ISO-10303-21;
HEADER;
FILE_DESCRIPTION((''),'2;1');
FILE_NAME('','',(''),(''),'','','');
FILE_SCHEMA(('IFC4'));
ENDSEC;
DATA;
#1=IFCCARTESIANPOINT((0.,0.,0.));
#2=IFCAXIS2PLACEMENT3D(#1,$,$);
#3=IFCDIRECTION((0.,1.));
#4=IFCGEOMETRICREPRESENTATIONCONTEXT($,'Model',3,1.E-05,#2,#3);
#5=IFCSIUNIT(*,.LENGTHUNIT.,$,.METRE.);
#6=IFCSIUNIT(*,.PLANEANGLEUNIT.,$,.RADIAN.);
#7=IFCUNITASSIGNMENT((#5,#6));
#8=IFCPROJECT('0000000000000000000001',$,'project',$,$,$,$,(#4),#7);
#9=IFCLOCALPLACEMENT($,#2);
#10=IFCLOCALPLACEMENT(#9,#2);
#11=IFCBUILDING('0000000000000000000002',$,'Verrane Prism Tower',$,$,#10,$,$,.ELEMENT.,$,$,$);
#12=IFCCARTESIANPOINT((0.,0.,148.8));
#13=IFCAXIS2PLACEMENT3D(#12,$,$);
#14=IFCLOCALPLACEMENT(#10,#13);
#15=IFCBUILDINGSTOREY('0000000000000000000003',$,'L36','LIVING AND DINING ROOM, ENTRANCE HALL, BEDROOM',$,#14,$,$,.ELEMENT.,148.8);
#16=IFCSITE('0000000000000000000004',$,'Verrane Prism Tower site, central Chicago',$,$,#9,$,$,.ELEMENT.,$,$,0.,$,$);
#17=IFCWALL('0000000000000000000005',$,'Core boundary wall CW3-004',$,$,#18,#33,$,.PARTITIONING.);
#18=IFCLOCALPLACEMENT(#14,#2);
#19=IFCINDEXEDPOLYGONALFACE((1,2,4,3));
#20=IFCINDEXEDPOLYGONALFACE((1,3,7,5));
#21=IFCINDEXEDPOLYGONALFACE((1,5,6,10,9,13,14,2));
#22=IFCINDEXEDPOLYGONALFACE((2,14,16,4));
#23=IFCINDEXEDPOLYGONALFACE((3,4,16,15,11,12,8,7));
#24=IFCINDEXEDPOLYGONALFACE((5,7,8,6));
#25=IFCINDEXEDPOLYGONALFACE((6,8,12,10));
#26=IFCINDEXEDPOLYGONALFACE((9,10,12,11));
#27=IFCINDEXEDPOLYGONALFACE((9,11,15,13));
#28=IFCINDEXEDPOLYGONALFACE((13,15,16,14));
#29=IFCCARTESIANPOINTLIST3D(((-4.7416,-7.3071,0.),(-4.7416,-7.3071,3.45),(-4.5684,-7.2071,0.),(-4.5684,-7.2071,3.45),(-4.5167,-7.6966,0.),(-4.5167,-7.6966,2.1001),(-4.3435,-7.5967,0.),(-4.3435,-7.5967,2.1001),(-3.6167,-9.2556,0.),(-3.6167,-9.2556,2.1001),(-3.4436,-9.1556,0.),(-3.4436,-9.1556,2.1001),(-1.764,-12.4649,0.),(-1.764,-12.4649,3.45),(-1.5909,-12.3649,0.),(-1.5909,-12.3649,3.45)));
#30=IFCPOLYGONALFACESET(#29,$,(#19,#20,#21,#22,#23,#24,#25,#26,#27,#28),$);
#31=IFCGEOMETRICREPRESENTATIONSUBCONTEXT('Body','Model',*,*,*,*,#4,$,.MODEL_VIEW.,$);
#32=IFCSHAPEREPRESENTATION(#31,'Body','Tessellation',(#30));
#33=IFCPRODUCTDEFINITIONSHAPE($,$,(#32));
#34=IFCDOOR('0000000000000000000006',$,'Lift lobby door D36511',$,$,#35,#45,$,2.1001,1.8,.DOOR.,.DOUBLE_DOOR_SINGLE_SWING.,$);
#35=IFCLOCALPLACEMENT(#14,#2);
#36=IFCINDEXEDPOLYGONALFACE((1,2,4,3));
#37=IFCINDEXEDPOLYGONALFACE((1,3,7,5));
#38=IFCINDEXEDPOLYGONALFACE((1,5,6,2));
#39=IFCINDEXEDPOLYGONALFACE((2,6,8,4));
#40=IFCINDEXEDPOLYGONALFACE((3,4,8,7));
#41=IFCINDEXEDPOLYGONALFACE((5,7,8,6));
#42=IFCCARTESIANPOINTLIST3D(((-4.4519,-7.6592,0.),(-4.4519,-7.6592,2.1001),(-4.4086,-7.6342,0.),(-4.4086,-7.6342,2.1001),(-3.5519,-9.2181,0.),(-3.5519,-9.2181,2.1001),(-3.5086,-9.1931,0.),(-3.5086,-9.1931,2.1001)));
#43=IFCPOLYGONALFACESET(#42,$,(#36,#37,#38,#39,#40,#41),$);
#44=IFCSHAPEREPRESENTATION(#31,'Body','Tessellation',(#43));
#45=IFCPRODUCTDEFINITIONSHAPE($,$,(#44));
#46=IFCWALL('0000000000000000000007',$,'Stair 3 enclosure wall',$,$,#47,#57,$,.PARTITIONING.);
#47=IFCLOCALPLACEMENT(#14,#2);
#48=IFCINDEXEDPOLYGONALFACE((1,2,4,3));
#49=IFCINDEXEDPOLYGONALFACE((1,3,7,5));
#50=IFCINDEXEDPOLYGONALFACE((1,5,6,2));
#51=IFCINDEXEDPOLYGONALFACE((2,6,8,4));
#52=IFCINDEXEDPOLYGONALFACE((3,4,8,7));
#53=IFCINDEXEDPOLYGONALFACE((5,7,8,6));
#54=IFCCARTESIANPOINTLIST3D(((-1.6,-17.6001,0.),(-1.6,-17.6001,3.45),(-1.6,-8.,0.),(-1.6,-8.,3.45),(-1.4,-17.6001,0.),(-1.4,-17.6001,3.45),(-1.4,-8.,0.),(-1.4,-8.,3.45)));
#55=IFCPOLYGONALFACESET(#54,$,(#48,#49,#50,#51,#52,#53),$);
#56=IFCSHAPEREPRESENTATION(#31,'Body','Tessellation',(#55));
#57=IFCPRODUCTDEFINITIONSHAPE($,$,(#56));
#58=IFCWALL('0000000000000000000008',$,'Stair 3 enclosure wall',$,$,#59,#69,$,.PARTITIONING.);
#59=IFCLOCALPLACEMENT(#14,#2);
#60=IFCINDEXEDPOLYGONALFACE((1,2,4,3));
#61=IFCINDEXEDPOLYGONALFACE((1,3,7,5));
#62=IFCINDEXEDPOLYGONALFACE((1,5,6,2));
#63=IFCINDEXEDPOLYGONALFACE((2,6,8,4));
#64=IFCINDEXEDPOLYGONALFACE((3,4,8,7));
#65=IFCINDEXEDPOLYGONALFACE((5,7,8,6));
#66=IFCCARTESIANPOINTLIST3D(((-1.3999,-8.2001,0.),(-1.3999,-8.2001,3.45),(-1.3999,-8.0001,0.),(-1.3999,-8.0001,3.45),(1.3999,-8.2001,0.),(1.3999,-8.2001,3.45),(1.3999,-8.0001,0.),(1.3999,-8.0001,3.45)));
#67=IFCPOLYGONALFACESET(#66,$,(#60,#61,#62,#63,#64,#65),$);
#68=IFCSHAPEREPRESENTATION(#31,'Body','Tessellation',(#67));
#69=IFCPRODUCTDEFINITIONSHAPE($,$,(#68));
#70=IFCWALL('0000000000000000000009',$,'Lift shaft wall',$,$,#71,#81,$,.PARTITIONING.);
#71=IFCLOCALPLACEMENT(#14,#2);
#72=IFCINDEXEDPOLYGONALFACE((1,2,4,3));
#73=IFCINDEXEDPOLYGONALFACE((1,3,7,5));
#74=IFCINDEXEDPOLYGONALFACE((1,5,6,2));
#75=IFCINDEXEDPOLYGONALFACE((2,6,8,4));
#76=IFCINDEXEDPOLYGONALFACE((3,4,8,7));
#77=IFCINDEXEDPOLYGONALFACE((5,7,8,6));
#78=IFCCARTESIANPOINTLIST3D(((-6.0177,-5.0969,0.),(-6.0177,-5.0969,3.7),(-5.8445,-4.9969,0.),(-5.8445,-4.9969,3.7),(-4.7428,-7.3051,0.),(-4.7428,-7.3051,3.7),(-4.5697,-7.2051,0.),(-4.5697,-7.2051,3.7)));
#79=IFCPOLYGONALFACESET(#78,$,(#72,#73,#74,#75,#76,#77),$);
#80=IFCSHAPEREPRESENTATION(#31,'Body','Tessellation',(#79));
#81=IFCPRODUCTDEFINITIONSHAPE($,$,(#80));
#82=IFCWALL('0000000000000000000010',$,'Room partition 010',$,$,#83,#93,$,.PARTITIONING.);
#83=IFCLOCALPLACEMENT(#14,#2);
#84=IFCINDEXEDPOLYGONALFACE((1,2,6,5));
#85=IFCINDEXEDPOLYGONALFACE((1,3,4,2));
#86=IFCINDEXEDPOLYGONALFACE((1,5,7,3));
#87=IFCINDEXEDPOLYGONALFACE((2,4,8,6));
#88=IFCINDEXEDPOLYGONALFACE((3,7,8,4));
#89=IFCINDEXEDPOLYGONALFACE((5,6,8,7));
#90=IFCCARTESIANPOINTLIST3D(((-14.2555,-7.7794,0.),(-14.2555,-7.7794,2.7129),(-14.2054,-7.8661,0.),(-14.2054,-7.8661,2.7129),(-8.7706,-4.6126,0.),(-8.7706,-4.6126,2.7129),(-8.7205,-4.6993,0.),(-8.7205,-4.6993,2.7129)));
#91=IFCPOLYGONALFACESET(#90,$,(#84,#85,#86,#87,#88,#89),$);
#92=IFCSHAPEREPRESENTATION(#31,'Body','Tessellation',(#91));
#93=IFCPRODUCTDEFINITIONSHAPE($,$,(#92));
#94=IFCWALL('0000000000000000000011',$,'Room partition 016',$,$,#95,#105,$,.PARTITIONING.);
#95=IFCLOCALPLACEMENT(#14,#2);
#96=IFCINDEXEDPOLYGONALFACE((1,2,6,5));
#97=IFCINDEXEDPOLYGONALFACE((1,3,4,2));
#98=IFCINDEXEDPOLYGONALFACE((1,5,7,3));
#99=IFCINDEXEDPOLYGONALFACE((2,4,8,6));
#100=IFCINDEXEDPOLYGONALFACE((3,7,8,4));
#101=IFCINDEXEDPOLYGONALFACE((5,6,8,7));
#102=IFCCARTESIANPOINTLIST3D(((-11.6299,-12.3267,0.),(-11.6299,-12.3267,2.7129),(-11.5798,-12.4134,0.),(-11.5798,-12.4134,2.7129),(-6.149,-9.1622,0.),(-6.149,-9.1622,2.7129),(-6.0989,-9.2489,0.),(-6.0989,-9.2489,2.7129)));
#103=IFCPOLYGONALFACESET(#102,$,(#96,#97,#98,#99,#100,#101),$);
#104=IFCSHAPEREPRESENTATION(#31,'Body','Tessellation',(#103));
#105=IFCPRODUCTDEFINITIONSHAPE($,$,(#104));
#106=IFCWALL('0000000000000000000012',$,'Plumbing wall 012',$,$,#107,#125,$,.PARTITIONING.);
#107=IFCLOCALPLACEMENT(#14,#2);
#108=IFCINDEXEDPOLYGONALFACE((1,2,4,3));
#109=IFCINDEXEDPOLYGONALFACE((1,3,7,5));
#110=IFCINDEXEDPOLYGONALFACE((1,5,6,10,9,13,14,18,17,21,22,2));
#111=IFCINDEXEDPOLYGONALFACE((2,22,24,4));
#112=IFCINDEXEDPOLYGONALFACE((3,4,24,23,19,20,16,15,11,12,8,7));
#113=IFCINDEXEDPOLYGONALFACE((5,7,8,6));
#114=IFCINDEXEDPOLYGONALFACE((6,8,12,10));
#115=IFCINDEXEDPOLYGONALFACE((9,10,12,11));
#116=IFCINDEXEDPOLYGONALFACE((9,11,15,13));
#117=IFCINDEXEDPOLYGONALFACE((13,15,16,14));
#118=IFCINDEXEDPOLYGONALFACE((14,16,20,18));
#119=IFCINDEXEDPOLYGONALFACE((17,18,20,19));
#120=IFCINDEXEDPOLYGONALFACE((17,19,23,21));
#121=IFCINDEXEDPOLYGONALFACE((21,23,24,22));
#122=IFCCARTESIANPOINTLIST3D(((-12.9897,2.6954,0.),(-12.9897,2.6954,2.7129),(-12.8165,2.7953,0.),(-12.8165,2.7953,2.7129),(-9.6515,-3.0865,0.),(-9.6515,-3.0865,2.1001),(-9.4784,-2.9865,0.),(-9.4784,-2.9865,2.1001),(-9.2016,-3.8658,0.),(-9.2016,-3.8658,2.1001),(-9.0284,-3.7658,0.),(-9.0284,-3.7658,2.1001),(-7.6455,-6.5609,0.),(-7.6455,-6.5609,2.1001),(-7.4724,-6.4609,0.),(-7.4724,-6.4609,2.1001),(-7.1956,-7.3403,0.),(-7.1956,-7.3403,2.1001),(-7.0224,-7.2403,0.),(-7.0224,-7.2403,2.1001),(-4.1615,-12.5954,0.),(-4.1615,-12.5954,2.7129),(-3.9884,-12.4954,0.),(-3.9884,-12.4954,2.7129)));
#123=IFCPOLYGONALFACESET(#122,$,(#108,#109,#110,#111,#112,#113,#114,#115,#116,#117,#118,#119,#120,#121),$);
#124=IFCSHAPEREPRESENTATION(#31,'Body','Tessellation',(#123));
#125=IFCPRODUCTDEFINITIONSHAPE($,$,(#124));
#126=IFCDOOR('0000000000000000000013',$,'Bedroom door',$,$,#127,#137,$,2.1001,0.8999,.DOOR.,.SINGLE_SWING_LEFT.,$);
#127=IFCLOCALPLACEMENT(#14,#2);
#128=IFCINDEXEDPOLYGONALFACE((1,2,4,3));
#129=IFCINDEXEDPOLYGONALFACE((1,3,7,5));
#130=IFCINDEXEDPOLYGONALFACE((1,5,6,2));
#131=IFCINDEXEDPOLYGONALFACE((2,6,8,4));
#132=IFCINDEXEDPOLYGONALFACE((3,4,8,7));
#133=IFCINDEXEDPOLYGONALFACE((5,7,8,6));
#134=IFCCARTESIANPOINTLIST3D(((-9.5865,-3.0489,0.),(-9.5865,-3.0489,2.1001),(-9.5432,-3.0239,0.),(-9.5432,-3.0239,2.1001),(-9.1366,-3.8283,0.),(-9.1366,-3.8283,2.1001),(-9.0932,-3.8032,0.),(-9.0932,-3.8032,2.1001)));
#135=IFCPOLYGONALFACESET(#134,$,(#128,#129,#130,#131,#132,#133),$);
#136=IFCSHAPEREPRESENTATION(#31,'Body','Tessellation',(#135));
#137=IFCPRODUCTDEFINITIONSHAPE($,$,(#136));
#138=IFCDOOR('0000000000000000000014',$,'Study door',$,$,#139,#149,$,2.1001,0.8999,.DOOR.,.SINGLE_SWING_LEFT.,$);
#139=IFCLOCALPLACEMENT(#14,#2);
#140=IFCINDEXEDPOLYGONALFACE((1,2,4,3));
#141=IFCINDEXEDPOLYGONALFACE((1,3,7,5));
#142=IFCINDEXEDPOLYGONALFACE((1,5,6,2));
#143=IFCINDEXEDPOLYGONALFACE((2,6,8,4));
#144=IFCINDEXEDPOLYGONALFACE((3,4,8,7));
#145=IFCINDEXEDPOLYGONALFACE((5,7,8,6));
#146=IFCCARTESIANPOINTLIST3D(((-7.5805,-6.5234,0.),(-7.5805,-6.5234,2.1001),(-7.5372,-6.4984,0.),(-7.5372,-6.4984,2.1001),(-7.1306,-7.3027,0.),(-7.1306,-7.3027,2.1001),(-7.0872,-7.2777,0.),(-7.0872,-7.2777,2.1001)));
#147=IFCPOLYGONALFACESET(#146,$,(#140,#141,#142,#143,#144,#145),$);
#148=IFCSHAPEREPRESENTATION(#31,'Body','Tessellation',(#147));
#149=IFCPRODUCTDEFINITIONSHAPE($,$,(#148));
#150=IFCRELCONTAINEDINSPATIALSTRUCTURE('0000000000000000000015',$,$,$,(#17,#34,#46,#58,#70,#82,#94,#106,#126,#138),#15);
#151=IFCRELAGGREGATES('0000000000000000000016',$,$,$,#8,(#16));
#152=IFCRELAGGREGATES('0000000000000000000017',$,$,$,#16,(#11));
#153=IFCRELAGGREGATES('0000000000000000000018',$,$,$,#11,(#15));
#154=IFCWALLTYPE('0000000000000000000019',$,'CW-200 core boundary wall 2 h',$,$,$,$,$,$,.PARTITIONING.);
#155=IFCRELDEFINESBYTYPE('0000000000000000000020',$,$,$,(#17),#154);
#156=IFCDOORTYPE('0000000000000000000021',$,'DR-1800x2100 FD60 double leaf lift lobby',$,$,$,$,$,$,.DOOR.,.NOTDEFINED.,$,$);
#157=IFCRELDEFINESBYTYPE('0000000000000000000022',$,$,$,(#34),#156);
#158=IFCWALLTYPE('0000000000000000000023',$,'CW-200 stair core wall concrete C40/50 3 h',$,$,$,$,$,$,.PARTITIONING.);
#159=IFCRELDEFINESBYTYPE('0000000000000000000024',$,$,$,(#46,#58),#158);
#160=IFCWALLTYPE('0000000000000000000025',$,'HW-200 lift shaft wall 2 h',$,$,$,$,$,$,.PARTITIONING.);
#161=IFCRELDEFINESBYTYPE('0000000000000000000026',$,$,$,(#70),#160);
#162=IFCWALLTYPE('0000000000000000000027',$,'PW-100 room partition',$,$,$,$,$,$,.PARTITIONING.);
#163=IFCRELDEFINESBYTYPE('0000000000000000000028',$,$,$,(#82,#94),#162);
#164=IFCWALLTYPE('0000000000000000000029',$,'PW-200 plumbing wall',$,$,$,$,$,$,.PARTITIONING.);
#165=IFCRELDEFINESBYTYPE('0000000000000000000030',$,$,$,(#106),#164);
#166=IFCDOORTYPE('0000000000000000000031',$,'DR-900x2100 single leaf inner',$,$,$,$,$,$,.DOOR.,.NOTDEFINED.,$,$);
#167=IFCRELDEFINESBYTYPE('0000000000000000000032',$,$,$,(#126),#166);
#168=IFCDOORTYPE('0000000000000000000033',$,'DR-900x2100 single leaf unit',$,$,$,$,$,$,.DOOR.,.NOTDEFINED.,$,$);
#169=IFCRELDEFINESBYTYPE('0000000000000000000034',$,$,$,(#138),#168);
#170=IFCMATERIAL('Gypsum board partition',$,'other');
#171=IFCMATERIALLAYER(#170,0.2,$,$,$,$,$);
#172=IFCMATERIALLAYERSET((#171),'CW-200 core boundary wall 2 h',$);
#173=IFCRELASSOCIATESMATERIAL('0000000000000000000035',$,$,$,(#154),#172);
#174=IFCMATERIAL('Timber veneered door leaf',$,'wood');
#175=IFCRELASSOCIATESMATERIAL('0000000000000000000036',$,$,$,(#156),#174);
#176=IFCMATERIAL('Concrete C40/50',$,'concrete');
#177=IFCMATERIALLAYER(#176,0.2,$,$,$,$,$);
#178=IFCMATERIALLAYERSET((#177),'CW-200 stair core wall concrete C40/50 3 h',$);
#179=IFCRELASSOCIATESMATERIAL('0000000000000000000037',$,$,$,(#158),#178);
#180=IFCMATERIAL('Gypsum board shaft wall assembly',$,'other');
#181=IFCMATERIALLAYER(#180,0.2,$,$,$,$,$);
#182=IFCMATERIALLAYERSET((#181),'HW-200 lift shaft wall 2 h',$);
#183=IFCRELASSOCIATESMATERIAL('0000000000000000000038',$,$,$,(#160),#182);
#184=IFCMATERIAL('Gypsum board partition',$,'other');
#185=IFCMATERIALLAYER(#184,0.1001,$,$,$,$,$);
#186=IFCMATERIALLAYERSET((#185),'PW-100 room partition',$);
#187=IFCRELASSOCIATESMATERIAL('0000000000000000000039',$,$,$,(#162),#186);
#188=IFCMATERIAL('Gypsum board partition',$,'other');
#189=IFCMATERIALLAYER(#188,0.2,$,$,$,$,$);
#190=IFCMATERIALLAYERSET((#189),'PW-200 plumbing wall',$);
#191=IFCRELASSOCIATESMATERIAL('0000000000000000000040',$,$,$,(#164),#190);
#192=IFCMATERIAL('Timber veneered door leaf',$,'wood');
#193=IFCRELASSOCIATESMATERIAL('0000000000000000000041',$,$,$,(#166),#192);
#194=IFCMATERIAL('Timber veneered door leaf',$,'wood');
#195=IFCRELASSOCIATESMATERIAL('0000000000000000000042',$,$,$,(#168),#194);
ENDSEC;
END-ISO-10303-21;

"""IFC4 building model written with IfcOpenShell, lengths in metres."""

from ifc_helpers import new_model, si_unit, direction, frame, frame_2d, origin, place, context, subcontext, project, spatial, rectangle, extrude, material, layer, layer_set, type_object, element, fill, save


model = new_model("IFC4")

# Units and contexts
model_context = context("Model", 3, precision=1e-05, world=origin(), true_north=direction((0.0, 1.0)))
body_context = subcontext(model_context, "Body", "Model", "MODEL_VIEW")
ifc_project = project(units=[si_unit("LENGTHUNIT", "METRE"), si_unit("PLANEANGLEUNIT", "RADIAN")], contexts=[model_context])

# Site, building, storey
site_placement = place(None, origin())
site = spatial("IfcSite", under=ifc_project, at=site_placement, Name="Verrane Prism Tower site, central Chicago", CompositionType="ELEMENT", RefElevation=0.0)
building_placement = place(site_placement, origin())
building = spatial("IfcBuilding", under=site, at=building_placement, Name="Verrane Prism Tower", CompositionType="ELEMENT")
storey_placement = place(building_placement, frame((0.0, 0.0, 148.8)))
storey = spatial("IfcBuildingStorey", under=building, at=storey_placement, Name="L36", Description="LIVING AND DINING ROOM, ENTRANCE HALL, BEDROOM", CompositionType="ELEMENT", Elevation=148.8)

# Wall, opening, door
ifc_material_1 = material(Name="Gypsum board partition", Category="other")
ifc_layer_1 = layer(ifc_material_1, 0.2)
ifc_layer_set_1 = layer_set([ifc_layer_1], Name="CW-200 core boundary wall 2 h")
wall_type_1 = type_object("IfcWallType", Name="CW-200 core boundary wall 2 h", PredefinedType="PARTITIONING", material=ifc_layer_set_1)
wall_1_placement = place(storey_placement, frame((-4.655, -7.2571, 0.0), z_axis=(0.0, 0.0, 1.0), x_axis=(0.499966, -0.866045, 0.0)))
wall_1 = element("IfcWall", 1, at=wall_1_placement, inside=storey, type_object=wall_type_1, Name="Core boundary wall CW3-004", PredefinedType="PARTITIONING", context=body_context, shape_type="SweptSolid", body=[
    extrude(rectangle(XDim=5.9556, YDim=0.2, at=frame_2d((2.9778, 0.0))), origin(), (0.0, 0.0, 1.0), 3.45),
])
opening_1_placement = place(wall_1_placement, frame((0.45, 0.0, 0.0)))
opening_1 = element("IfcOpeningElement", 2, at=opening_1_placement, cuts=wall_1, PredefinedType="OPENING", context=body_context, shape_type="SweptSolid", body=[
    extrude(rectangle(XDim=1.8, YDim=2.1001, at=frame_2d((0.8999, 1.05))), frame((0.0, 0.1099, 0.0), z_axis=(0.0, -1.0, 0.0), x_axis=(1.0, 0.0, 0.0)), (0.0, 0.0, 1.0), 0.22),
])
ifc_material_2 = material(Name="Timber veneered door leaf", Category="wood")
door_type_1 = type_object("IfcDoorType", Name="DR-1800x2100 FD60 double leaf lift lobby", OperationType="NOTDEFINED", PredefinedType="DOOR", material=ifc_material_2)
door_1_placement = place(opening_1_placement, origin())
door_1 = element("IfcDoor", 3, at=door_1_placement, inside=storey, type_object=door_type_1, Name="Lift lobby door D36511", OperationType="DOUBLE_DOOR_SINGLE_SWING", OverallHeight=2.1001, OverallWidth=1.8, PredefinedType="DOOR", context=body_context, shape_type="SweptSolid", body=[
    extrude(rectangle(XDim=1.8, YDim=2.1001, at=frame_2d((0.8999, 1.05))), frame((0.0, 0.0249, 0.0), z_axis=(0.0, -1.0, 0.0), x_axis=(1.0, 0.0, 0.0)), (0.0, 0.0, 1.0), 0.05),
])
fill(opening_1, door_1)

# Walls
ifc_material_3 = material(Name="Concrete C40/50", Category="concrete")
ifc_layer_2 = layer(ifc_material_3, 0.2)
ifc_layer_set_2 = layer_set([ifc_layer_2], Name="CW-200 stair core wall concrete C40/50 3 h")
wall_type_2 = type_object("IfcWallType", Name="CW-200 stair core wall concrete C40/50 3 h", PredefinedType="PARTITIONING", material=ifc_layer_set_2)
wall_2_placement = place(storey_placement, frame((-1.5, -8.0, 0.0), z_axis=(0.0, 0.0, 1.0), x_axis=(0.0, -1.0, 0.0)))
element("IfcWall", 4, at=wall_2_placement, inside=storey, type_object=wall_type_2, Name="Stair 3 enclosure wall", PredefinedType="PARTITIONING", context=body_context, shape_type="SweptSolid", body=[
    extrude(rectangle(XDim=9.6001, YDim=0.2, at=frame_2d((4.8, 0.0))), origin(), (0.0, 0.0, 1.0), 3.45),
])
wall_3_placement = place(storey_placement, frame((-1.3999, -8.1001, 0.0), z_axis=(0.0, 0.0, 1.0), x_axis=(1.0, 0.0, 0.0)))
element("IfcWall", 5, at=wall_3_placement, inside=storey, type_object=wall_type_2, Name="Stair 3 enclosure wall", PredefinedType="PARTITIONING", context=body_context, shape_type="SweptSolid", body=[
    extrude(rectangle(XDim=2.7998, YDim=0.2, at=frame_2d((1.3999, 0.0))), origin(), (0.0, 0.0, 1.0), 3.45),
])
ifc_material_4 = material(Name="Gypsum board shaft wall assembly", Category="other")
ifc_layer_3 = layer(ifc_material_4, 0.2)
ifc_layer_set_3 = layer_set([ifc_layer_3], Name="HW-200 lift shaft wall 2 h")
wall_type_3 = type_object("IfcWallType", Name="HW-200 lift shaft wall 2 h", PredefinedType="PARTITIONING", material=ifc_layer_set_3)
wall_4_placement = place(storey_placement, frame((-4.6562, -7.2551, 0.0), z_axis=(0.0, 0.0, 1.0), x_axis=(-0.49999, 0.866031, 0.0)))
element("IfcWall", 6, at=wall_4_placement, inside=storey, type_object=wall_type_3, Name="Lift shaft wall", PredefinedType="PARTITIONING", context=body_context, shape_type="SweptSolid", body=[
    extrude(rectangle(XDim=2.5498, YDim=0.2, at=frame_2d((1.2749, 0.0))), origin(), (0.0, 0.0, 1.0), 3.7),
])
ifc_material_5 = material(Name="Gypsum board partition", Category="other")
ifc_layer_4 = layer(ifc_material_5, 0.1001)
ifc_layer_set_4 = layer_set([ifc_layer_4], Name="PW-100 room partition")
wall_type_4 = type_object("IfcWallType", Name="PW-100 room partition", PredefinedType="PARTITIONING", material=ifc_layer_set_4)
wall_5_placement = place(storey_placement, frame((-14.2305, -7.8228, 0.0), z_axis=(0.0, 0.0, 1.0), x_axis=(0.866021, 0.500007, 0.0)))
element("IfcWall", 7, at=wall_5_placement, inside=storey, type_object=wall_type_4, Name="Room partition 010", PredefinedType="PARTITIONING", context=body_context, shape_type="SweptSolid", body=[
    extrude(rectangle(XDim=6.3335, YDim=0.1001, at=frame_2d((3.1667, 0.0))), origin(), (0.0, 0.0, 1.0), 2.7129),
])
wall_6_placement = place(storey_placement, frame((-11.605, -12.3701, 0.0), z_axis=(0.0, 0.0, 1.0), x_axis=(0.866017, 0.500014, 0.0)))
element("IfcWall", 8, at=wall_6_placement, inside=storey, type_object=wall_type_4, Name="Room partition 016", PredefinedType="PARTITIONING", context=body_context, shape_type="SweptSolid", body=[
    extrude(rectangle(XDim=6.3289, YDim=0.1001, at=frame_2d((3.1646, 0.0))), origin(), (0.0, 0.0, 1.0), 2.7129),
])

# Wall, openings, doors
ifc_material_6 = material(Name="Gypsum board partition", Category="other")
ifc_layer_5 = layer(ifc_material_6, 0.2)
ifc_layer_set_5 = layer_set([ifc_layer_5], Name="PW-200 plumbing wall")
wall_type_5 = type_object("IfcWallType", Name="PW-200 plumbing wall", PredefinedType="PARTITIONING", material=ifc_layer_set_5)
wall_7_placement = place(storey_placement, frame((-4.075, -12.5454, 0.0), z_axis=(0.0, 0.0, 1.0), x_axis=(-0.5, 0.866026, 0.0)))
wall_7 = element("IfcWall", 9, at=wall_7_placement, inside=storey, type_object=wall_type_5, Name="Plumbing wall 012", PredefinedType="PARTITIONING", context=body_context, shape_type="SweptSolid", body=[
    extrude(rectangle(XDim=17.6562, YDim=0.2, at=frame_2d((8.8281, 0.0))), origin(), (0.0, 0.0, 1.0), 2.7129),
])
opening_2_placement = place(wall_7_placement, frame((10.0801, 0.0, 0.0)))
opening_2 = element("IfcOpeningElement", 10, at=opening_2_placement, cuts=wall_7, PredefinedType="OPENING", context=body_context, shape_type="SweptSolid", body=[
    extrude(rectangle(XDim=0.8999, YDim=2.1001, at=frame_2d((0.45, 1.05))), frame((0.0, 0.1099, 0.0), z_axis=(0.0, -1.0, 0.0), x_axis=(1.0, 0.0, 0.0)), (0.0, 0.0, 1.0), 0.22),
])
opening_3_placement = place(wall_7_placement, frame((6.0681, 0.0, 0.0)))
opening_3 = element("IfcOpeningElement", 11, at=opening_3_placement, cuts=wall_7, PredefinedType="OPENING", context=body_context, shape_type="SweptSolid", body=[
    extrude(rectangle(XDim=0.8999, YDim=2.1001, at=frame_2d((0.45, 1.05))), frame((0.0, 0.1099, 0.0), z_axis=(0.0, -1.0, 0.0), x_axis=(1.0, 0.0, 0.0)), (0.0, 0.0, 1.0), 0.22),
])
ifc_material_7 = material(Name="Timber veneered door leaf", Category="wood")
door_type_2 = type_object("IfcDoorType", Name="DR-900x2100 single leaf inner", OperationType="NOTDEFINED", PredefinedType="DOOR", material=ifc_material_7)
door_2_placement = place(opening_2_placement, origin())
door_2 = element("IfcDoor", 12, at=door_2_placement, inside=storey, type_object=door_type_2, Name="Bedroom door", OperationType="SINGLE_SWING_LEFT", OverallHeight=2.1001, OverallWidth=0.8999, PredefinedType="DOOR", context=body_context, shape_type="SweptSolid", body=[
    extrude(rectangle(XDim=0.8999, YDim=2.1001, at=frame_2d((0.45, 1.05))), frame((0.0, 0.0249, 0.0), z_axis=(0.0, -1.0, 0.0), x_axis=(1.0, 0.0, 0.0)), (0.0, 0.0, 1.0), 0.05),
])
fill(opening_2, door_2)
ifc_material_8 = material(Name="Timber veneered door leaf", Category="wood")
door_type_3 = type_object("IfcDoorType", Name="DR-900x2100 single leaf unit", OperationType="NOTDEFINED", PredefinedType="DOOR", material=ifc_material_8)
door_3_placement = place(opening_3_placement, origin())
door_3 = element("IfcDoor", 13, at=door_3_placement, inside=storey, type_object=door_type_3, Name="Study door", OperationType="SINGLE_SWING_LEFT", OverallHeight=2.1001, OverallWidth=0.8999, PredefinedType="DOOR", context=body_context, shape_type="SweptSolid", body=[
    extrude(rectangle(XDim=0.8999, YDim=2.1001, at=frame_2d((0.45, 1.05))), frame((0.0, 0.0249, 0.0), z_axis=(0.0, -1.0, 0.0), x_axis=(1.0, 0.0, 0.0)), (0.0, 0.0, 1.0), 0.05),
])
fill(opening_3, door_3)

save(model, "model.ifc")
